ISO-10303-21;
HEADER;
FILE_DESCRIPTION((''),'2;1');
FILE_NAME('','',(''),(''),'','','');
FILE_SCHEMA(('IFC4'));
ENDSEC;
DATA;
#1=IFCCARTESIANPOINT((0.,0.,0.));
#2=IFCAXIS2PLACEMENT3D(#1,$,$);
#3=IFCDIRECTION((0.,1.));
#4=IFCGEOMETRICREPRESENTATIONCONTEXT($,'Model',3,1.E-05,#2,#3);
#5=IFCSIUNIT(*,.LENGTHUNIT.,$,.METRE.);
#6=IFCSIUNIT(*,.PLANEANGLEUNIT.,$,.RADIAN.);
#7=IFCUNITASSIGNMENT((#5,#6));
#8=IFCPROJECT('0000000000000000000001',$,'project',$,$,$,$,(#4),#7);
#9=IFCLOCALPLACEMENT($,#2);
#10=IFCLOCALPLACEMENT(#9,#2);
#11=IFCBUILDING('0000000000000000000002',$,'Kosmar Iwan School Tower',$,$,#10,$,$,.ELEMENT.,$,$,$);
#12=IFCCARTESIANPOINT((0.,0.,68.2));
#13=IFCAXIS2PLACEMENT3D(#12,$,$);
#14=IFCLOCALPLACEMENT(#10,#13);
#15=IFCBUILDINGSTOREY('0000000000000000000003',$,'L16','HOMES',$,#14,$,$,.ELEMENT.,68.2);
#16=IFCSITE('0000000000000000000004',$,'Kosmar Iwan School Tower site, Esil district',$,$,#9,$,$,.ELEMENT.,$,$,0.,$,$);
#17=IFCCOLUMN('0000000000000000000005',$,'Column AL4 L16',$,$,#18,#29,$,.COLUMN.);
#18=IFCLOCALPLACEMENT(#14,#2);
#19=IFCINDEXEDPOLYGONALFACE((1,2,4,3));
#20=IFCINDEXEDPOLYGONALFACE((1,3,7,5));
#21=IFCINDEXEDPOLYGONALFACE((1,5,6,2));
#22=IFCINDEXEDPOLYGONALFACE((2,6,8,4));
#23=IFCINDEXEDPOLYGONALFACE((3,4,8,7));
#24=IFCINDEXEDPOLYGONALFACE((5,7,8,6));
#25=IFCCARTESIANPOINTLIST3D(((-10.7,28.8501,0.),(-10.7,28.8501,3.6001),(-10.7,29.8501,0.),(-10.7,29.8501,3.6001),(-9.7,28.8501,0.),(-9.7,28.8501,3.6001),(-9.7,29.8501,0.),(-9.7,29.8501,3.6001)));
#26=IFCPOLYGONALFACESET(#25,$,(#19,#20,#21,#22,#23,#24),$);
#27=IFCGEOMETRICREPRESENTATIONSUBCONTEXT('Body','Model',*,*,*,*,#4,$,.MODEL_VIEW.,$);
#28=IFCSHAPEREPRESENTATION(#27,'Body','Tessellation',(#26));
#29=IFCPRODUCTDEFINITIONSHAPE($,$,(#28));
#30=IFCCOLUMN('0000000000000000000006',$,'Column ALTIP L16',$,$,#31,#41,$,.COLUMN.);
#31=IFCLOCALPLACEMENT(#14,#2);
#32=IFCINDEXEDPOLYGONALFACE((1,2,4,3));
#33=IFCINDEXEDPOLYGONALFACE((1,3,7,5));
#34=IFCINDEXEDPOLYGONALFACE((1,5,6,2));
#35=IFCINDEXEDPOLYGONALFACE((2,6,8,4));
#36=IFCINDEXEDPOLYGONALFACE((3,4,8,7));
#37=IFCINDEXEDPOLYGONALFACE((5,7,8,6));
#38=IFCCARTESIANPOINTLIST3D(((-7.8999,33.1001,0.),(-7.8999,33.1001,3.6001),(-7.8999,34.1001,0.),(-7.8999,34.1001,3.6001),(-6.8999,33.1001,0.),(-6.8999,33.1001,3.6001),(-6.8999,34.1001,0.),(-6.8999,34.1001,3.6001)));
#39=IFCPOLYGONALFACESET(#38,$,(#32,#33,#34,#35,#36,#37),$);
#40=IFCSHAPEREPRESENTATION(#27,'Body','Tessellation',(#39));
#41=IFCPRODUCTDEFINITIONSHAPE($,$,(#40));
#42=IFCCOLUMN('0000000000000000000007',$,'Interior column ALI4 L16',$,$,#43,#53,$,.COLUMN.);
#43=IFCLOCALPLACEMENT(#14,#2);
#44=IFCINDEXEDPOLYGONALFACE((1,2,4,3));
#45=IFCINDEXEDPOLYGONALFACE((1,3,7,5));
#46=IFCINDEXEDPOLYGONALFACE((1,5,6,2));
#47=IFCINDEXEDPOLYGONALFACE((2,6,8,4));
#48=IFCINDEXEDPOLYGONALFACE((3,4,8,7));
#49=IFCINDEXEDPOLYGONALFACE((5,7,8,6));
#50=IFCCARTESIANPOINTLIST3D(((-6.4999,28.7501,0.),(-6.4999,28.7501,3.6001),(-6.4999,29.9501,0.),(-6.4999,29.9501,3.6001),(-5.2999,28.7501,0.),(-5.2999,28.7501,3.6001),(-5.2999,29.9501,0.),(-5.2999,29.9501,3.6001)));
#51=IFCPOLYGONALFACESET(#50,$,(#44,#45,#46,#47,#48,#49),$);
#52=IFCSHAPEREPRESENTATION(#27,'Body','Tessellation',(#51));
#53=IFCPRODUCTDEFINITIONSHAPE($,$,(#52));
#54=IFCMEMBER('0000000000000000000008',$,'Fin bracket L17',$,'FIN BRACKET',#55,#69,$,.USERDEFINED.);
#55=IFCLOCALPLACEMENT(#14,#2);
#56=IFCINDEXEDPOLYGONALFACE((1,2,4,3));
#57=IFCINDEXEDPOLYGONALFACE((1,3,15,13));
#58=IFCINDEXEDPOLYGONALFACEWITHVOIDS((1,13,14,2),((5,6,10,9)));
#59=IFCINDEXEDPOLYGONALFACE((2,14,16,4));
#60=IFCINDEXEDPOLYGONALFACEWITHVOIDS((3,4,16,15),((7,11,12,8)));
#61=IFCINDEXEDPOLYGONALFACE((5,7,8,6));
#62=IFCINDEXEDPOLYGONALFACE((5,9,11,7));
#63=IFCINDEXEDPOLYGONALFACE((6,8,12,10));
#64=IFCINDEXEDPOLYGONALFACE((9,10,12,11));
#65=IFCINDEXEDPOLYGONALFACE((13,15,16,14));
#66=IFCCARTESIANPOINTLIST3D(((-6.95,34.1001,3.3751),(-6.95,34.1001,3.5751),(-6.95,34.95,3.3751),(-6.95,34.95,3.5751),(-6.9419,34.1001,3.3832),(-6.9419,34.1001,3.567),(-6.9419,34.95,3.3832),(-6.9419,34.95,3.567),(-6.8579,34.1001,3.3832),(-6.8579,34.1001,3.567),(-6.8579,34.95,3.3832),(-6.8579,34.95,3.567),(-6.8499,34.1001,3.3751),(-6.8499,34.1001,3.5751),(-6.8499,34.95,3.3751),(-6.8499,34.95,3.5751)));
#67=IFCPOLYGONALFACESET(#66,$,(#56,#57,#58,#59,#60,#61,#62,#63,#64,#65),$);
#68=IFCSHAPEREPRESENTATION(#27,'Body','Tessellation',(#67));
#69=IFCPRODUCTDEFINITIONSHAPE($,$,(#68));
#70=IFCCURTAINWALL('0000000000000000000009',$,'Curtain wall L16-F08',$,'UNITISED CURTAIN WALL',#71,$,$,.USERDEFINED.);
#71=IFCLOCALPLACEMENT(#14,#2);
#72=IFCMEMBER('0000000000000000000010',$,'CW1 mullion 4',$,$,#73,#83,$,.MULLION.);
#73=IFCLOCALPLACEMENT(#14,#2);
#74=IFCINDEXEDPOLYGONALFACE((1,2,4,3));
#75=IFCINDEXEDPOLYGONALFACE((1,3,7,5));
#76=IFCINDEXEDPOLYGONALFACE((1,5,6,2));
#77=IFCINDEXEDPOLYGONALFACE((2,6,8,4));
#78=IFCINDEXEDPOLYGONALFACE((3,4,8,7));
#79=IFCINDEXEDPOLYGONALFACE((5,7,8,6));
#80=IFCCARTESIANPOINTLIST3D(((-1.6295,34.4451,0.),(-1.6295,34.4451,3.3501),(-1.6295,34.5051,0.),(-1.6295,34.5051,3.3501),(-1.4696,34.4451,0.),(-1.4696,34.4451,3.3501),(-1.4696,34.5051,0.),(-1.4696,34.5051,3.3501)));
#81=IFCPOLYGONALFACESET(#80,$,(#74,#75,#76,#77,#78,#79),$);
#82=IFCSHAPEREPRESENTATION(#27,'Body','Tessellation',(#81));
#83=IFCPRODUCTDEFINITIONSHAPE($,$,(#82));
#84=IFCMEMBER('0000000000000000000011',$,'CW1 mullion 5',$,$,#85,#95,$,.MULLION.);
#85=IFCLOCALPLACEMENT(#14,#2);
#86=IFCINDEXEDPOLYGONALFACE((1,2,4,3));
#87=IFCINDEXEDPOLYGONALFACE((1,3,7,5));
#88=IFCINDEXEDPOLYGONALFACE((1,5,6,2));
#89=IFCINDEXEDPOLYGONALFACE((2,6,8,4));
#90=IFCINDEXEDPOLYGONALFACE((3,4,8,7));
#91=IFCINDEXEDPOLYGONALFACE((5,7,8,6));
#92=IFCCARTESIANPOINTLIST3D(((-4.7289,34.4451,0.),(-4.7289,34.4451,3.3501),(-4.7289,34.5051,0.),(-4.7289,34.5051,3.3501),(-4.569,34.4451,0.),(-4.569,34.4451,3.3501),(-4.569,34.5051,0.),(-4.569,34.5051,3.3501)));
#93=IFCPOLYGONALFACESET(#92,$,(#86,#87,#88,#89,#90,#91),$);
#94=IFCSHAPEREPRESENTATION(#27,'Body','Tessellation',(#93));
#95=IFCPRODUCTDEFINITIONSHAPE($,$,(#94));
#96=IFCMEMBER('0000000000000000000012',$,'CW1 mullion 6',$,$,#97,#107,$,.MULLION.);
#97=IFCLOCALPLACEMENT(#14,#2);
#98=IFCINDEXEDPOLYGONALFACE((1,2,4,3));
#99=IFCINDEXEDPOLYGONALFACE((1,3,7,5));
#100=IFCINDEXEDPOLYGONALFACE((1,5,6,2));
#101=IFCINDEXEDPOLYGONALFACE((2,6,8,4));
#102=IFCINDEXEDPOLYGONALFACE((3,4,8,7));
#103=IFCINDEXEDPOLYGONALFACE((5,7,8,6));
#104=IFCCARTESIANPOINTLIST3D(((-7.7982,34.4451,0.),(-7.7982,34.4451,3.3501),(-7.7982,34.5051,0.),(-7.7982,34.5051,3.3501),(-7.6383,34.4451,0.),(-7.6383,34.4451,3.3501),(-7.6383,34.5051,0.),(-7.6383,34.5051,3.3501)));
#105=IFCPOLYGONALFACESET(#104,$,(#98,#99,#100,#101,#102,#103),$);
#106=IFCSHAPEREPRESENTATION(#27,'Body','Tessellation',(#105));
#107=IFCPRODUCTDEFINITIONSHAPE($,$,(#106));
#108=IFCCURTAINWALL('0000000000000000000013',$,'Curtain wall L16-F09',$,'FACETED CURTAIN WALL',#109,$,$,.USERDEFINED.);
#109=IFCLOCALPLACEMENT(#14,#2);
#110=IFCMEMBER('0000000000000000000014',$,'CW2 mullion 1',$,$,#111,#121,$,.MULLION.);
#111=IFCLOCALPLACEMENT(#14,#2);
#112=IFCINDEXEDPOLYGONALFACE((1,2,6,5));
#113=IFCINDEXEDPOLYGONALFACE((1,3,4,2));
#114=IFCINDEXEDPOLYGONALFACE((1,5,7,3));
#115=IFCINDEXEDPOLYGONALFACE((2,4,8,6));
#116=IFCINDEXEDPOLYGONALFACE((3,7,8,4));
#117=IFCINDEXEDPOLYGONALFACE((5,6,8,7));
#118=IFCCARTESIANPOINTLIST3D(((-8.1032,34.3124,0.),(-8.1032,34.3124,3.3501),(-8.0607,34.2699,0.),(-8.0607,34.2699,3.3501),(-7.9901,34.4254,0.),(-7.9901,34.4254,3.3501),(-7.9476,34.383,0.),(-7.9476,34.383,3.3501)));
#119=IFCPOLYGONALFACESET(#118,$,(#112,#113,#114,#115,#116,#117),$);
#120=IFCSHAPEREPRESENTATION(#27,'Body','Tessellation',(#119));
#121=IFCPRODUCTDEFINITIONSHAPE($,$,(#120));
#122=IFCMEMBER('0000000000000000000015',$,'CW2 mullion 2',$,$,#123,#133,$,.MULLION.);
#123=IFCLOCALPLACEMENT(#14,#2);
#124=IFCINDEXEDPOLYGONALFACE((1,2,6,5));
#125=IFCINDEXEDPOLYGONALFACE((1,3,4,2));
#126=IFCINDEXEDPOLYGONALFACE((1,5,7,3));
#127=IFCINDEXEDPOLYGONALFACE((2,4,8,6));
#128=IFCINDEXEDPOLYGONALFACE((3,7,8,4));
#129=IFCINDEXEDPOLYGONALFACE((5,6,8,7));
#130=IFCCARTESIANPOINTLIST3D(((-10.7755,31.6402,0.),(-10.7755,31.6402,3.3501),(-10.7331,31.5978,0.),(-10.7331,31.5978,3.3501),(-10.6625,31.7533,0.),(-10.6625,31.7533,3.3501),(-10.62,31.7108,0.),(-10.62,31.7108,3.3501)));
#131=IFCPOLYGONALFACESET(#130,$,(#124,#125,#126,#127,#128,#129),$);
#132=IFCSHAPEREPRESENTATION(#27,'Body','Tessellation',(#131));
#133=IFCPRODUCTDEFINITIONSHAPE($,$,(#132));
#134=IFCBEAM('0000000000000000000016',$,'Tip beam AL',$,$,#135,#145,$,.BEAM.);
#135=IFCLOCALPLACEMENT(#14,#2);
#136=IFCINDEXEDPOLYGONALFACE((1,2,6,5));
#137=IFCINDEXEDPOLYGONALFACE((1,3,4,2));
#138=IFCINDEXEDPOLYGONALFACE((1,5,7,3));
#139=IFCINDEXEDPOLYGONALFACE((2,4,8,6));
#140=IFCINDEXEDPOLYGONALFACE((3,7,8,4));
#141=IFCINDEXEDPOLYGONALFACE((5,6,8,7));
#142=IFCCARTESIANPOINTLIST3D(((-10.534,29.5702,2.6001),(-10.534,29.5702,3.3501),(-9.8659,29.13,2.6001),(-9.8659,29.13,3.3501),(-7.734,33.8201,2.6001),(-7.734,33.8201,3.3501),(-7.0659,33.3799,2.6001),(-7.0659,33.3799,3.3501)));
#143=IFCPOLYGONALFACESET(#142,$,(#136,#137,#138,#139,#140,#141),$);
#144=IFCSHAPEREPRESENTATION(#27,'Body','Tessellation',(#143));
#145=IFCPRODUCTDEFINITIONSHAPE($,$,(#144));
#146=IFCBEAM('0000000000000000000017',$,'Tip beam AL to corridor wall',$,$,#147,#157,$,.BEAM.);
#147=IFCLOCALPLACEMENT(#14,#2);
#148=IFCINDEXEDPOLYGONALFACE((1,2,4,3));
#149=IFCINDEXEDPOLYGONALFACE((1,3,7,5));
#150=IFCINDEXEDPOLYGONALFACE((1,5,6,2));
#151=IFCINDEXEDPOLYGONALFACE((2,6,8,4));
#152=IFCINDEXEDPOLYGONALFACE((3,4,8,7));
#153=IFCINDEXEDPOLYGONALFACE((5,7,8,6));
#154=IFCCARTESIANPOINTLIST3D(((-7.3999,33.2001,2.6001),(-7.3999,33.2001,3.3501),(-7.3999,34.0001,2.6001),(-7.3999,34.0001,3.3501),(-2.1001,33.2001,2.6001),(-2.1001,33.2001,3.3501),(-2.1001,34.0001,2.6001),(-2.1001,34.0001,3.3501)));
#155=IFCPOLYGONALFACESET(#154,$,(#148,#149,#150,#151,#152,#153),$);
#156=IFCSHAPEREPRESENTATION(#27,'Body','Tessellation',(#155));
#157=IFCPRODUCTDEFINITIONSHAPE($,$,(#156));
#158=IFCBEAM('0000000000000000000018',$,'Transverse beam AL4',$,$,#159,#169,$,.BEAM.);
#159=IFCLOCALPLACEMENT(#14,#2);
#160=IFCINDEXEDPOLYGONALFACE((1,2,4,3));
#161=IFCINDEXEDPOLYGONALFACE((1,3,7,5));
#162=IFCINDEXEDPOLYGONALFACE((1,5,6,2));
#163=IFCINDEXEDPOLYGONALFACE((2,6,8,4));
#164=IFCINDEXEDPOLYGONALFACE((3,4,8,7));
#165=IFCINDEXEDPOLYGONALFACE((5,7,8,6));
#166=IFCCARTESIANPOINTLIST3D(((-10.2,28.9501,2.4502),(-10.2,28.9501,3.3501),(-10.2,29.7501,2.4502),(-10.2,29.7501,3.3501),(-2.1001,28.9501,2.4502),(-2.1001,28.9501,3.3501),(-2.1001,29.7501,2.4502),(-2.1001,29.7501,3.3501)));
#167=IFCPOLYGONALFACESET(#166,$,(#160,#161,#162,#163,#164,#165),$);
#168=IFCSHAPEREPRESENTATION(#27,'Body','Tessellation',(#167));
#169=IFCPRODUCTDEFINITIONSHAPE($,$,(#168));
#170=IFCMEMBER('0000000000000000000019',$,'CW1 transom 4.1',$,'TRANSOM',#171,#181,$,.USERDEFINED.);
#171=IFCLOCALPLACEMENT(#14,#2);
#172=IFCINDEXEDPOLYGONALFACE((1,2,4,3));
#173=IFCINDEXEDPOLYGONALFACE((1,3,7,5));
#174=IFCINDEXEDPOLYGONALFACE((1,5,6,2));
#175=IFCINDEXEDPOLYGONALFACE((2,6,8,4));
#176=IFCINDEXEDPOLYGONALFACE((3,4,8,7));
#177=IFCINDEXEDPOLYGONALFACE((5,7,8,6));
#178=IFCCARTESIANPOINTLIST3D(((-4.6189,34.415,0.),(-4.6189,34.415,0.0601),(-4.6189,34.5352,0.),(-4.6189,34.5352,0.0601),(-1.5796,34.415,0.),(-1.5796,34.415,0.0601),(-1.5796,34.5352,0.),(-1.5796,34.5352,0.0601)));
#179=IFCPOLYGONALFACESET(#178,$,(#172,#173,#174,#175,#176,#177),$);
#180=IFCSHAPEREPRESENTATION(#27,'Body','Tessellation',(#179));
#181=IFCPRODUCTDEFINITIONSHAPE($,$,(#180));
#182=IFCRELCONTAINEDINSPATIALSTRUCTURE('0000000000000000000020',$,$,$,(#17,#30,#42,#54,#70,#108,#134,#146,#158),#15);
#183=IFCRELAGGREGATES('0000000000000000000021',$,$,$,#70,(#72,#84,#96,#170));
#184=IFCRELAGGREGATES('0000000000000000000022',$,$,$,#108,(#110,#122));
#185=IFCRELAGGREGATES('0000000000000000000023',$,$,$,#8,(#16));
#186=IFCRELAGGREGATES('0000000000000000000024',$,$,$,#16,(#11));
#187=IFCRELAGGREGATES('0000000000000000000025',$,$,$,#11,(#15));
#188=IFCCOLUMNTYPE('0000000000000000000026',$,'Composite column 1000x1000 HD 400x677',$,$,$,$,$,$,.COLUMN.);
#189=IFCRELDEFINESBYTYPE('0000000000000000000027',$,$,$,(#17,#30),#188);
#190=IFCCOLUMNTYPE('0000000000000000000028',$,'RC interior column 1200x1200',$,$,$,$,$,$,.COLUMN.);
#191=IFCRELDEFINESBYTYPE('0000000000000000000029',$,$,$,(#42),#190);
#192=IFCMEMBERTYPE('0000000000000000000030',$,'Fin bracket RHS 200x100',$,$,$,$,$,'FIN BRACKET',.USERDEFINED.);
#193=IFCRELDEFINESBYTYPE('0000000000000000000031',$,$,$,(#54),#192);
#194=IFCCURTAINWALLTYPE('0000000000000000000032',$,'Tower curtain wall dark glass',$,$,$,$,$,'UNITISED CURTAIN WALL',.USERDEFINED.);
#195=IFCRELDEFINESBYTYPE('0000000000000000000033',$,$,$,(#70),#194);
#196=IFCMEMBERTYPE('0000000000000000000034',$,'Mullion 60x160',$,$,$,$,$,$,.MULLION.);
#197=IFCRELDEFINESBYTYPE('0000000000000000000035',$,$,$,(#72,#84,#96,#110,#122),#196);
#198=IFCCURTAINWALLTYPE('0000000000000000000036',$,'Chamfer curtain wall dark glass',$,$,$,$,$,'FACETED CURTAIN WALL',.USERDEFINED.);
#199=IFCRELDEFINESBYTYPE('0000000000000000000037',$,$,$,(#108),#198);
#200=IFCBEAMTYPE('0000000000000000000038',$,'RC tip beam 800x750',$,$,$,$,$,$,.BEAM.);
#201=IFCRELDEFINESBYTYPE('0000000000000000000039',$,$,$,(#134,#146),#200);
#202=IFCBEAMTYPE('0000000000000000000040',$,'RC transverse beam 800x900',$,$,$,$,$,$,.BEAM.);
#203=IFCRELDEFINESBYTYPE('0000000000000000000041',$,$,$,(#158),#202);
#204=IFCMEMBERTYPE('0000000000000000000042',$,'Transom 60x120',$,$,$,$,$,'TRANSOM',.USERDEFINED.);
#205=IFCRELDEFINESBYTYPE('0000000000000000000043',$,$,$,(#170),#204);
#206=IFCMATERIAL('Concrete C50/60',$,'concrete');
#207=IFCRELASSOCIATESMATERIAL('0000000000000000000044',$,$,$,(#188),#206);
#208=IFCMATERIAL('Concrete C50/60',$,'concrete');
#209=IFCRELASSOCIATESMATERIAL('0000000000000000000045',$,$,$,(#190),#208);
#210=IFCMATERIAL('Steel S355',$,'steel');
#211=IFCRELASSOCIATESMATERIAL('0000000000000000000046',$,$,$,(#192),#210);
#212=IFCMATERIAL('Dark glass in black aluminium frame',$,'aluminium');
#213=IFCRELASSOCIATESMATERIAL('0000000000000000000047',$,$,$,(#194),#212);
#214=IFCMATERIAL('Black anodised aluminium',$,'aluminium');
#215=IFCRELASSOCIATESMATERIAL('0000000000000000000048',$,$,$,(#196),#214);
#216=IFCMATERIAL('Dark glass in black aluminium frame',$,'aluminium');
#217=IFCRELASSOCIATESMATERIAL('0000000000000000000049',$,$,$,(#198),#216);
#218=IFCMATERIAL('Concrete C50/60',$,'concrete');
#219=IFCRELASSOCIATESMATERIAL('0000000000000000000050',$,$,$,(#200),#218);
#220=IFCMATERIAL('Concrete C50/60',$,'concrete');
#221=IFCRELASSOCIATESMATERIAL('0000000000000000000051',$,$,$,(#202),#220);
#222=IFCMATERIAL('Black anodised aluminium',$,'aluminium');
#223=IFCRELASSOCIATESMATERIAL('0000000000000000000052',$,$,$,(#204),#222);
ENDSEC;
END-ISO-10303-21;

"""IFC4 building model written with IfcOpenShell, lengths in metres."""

from ifc_helpers import new_model, si_unit, direction, frame, origin, origin_2d, place, context, subcontext, project, spatial, rectangle, hollow_rectangle, extrude, material, material_profile, profile_set, type_object, element, aggregate, save


model = new_model("IFC4")

# Units and contexts
model_context = context("Model", 3, precision=1e-05, world=origin(), true_north=direction((0.0, 1.0)))
body_context = subcontext(model_context, "Body", "Model", "MODEL_VIEW")
ifc_project = project(units=[si_unit("LENGTHUNIT", "METRE"), si_unit("PLANEANGLEUNIT", "RADIAN")], contexts=[model_context])

# Site, building, storey
site_placement = place(None, origin())
site = spatial("IfcSite", under=ifc_project, at=site_placement, Name="Kosmar Iwan School Tower site, Esil district", CompositionType="ELEMENT", RefElevation=0.0)
building_placement = place(site_placement, origin())
building = spatial("IfcBuilding", under=site, at=building_placement, Name="Kosmar Iwan School Tower", CompositionType="ELEMENT")
storey_placement = place(building_placement, frame((0.0, 0.0, 68.2)))
storey = spatial("IfcBuildingStorey", under=building, at=storey_placement, Name="L16", Description="HOMES", CompositionType="ELEMENT", Elevation=68.2)

# Columns
ifc_material_1 = material(Name="Concrete C50/60", Category="concrete")
ifc_material_profile_1 = material_profile(ifc_material_1, rectangle(XDim=1.0, YDim=1.0, at=origin_2d()), Name="RC 1000x1000 + HD 400x677")
ifc_profile_set_1 = profile_set([ifc_material_profile_1], Name="Concrete C50/60")
column_type_1 = type_object("IfcColumnType", Name="Composite column 1000x1000 HD 400x677", PredefinedType="COLUMN", material=ifc_profile_set_1)
for number, where, z_axis, x_axis, name in (
    (1, (-10.2, 29.3501, 0.0), (0.0, 0.0, 1.0), (0.0, 1.0, 0.0), "Column AL4 L16"),
    (2, (-7.3999, 33.6001, 0.0), (0.0, 0.0, 1.0), (0.0, 1.0, 0.0), "Column ALTIP L16"),
):
    element("IfcColumn", number, at=place(storey_placement, frame(where, z_axis=z_axis, x_axis=x_axis)), inside=storey, type_object=column_type_1, Name=name, PredefinedType="COLUMN", context=body_context, shape_type="SweptSolid", body=[
        extrude(rectangle(XDim=1.0, YDim=1.0, at=origin_2d()), origin(), (0.0, 0.0, 1.0), 3.6001),
    ])
ifc_material_2 = material(Name="Concrete C50/60", Category="concrete")
ifc_material_profile_2 = material_profile(ifc_material_2, rectangle(XDim=1.2, YDim=1.2, at=origin_2d()), Name="RC 1200x1200")
ifc_profile_set_2 = profile_set([ifc_material_profile_2], Name="Concrete C50/60")
column_type_2 = type_object("IfcColumnType", Name="RC interior column 1200x1200", PredefinedType="COLUMN", material=ifc_profile_set_2)
column_placement = place(storey_placement, frame((-5.8999, 29.3501, 0.0), z_axis=(0.0, 0.0, 1.0), x_axis=(0.0, 1.0, 0.0)))
element("IfcColumn", 3, at=column_placement, inside=storey, type_object=column_type_2, Name="Interior column ALI4 L16", PredefinedType="COLUMN", context=body_context, shape_type="SweptSolid", body=[
    extrude(rectangle(XDim=1.2, YDim=1.2, at=origin_2d()), origin(), (0.0, 0.0, 1.0), 3.6001),
])

# Member
ifc_material_3 = material(Name="Steel S355", Category="steel")
ifc_material_profile_3 = material_profile(ifc_material_3, hollow_rectangle(XDim=0.1001, YDim=0.2, WallThickness=0.0081, at=origin_2d()), Name="RHS 200x100x8")
ifc_profile_set_3 = profile_set([ifc_material_profile_3], Name="Steel S355")
member_type_1 = type_object("IfcMemberType", Name="Fin bracket RHS 200x100", ElementType="FIN BRACKET", PredefinedType="USERDEFINED", material=ifc_profile_set_3)
member_1_placement = place(storey_placement, frame((-6.8999, 34.1001, 3.4751), z_axis=(0.0, 1.0, 0.0), x_axis=(-1.0, 0.0, 0.0)))
element("IfcMember", 4, at=member_1_placement, inside=storey, type_object=member_type_1, Name="Fin bracket L17", ObjectType="FIN BRACKET", PredefinedType="USERDEFINED", context=body_context, shape_type="SweptSolid", body=[
    extrude(hollow_rectangle(XDim=0.1001, YDim=0.2, WallThickness=0.0081, at=origin_2d()), origin(), (0.0, 0.0, 1.0), 0.8499),
])

# Curtain walls, members
ifc_material_4 = material(Name="Dark glass in black aluminium frame", Category="aluminium")
curtain_wall_type_1 = type_object("IfcCurtainWallType", Name="Tower curtain wall dark glass", ElementType="UNITISED CURTAIN WALL", PredefinedType="USERDEFINED", material=ifc_material_4)
curtain_wall_1_placement = place(storey_placement, origin())
curtain_wall_1 = element("IfcCurtainWall", 5, at=curtain_wall_1_placement, inside=storey, type_object=curtain_wall_type_1, Name="Curtain wall L16-F08", ObjectType="UNITISED CURTAIN WALL", PredefinedType="USERDEFINED")
ifc_material_5 = material(Name="Black anodised aluminium", Category="aluminium")
ifc_material_profile_4 = material_profile(ifc_material_5, rectangle(XDim=0.0601, YDim=0.1599, at=origin_2d()), Name="MULLION 60x160")
ifc_profile_set_4 = profile_set([ifc_material_profile_4], Name="Black anodised aluminium")
member_type_2 = type_object("IfcMemberType", Name="Mullion 60x160", PredefinedType="MULLION", material=ifc_profile_set_4)
member_2_placement = place(storey_placement, frame((-1.5496, 34.4751, 0.0), z_axis=(0.0, 0.0, 1.0), x_axis=(0.0, -1.0, 0.0)))
member_2 = element("IfcMember", 6, at=member_2_placement, type_object=member_type_2, Name="CW1 mullion 4", PredefinedType="MULLION", context=body_context, shape_type="SweptSolid", body=[
    extrude(rectangle(XDim=0.0601, YDim=0.1599, at=origin_2d()), origin(), (0.0, 0.0, 1.0), 3.3501),
])
member_3_placement = place(storey_placement, frame((-4.6489, 34.4751, 0.0), z_axis=(0.0, 0.0, 1.0), x_axis=(0.0, -1.0, 0.0)))
member_3 = element("IfcMember", 7, at=member_3_placement, type_object=member_type_2, Name="CW1 mullion 5", PredefinedType="MULLION", context=body_context, shape_type="SweptSolid", body=[
    extrude(rectangle(XDim=0.0601, YDim=0.1599, at=origin_2d()), origin(), (0.0, 0.0, 1.0), 3.3501),
])
member_4_placement = place(storey_placement, frame((-7.7183, 34.4751, 0.0), z_axis=(0.0, 0.0, 1.0), x_axis=(0.0, -1.0, 0.0)))
member_4 = element("IfcMember", 8, at=member_4_placement, type_object=member_type_2, Name="CW1 mullion 6", PredefinedType="MULLION", context=body_context, shape_type="SweptSolid", body=[
    extrude(rectangle(XDim=0.0601, YDim=0.1599, at=origin_2d()), origin(), (0.0, 0.0, 1.0), 3.3501),
])
ifc_material_6 = material(Name="Dark glass in black aluminium frame", Category="aluminium")
curtain_wall_type_2 = type_object("IfcCurtainWallType", Name="Chamfer curtain wall dark glass", ElementType="FACETED CURTAIN WALL", PredefinedType="USERDEFINED", material=ifc_material_6)
curtain_wall_2_placement = place(storey_placement, origin())
curtain_wall_2 = element("IfcCurtainWall", 9, at=curtain_wall_2_placement, inside=storey, type_object=curtain_wall_type_2, Name="Curtain wall L16-F09", ObjectType="FACETED CURTAIN WALL", PredefinedType="USERDEFINED")
member_5_placement = place(storey_placement, frame((-8.0254, 34.3477, 0.0), z_axis=(0.0, 0.0, 1.0), x_axis=(0.707107, -0.707107, 0.0)))
member_5 = element("IfcMember", 10, at=member_5_placement, type_object=member_type_2, Name="CW2 mullion 1", PredefinedType="MULLION", context=body_context, shape_type="SweptSolid", body=[
    extrude(rectangle(XDim=0.0601, YDim=0.1599, at=origin_2d()), origin(), (0.0, 0.0, 1.0), 3.3501),
])
member_6_placement = place(storey_placement, frame((-10.6978, 31.6755, 0.0), z_axis=(0.0, 0.0, 1.0), x_axis=(0.707107, -0.707107, 0.0)))
member_6 = element("IfcMember", 11, at=member_6_placement, type_object=member_type_2, Name="CW2 mullion 2", PredefinedType="MULLION", context=body_context, shape_type="SweptSolid", body=[
    extrude(rectangle(XDim=0.0601, YDim=0.1599, at=origin_2d()), origin(), (0.0, 0.0, 1.0), 3.3501),
])

# Beams
ifc_material_7 = material(Name="Concrete C50/60", Category="concrete")
ifc_material_profile_5 = material_profile(ifc_material_7, rectangle(XDim=0.8, YDim=0.75, at=origin_2d()), Name="RC 800x750")
ifc_profile_set_5 = profile_set([ifc_material_profile_5], Name="Concrete C50/60")
beam_type_1 = type_object("IfcBeamType", Name="RC tip beam 800x750", PredefinedType="BEAM", material=ifc_profile_set_5)
beam_1_placement = place(storey_placement, frame((-10.2, 29.3501, 2.9751), z_axis=(0.550164, 0.835056, 0.0), x_axis=(-0.835056, 0.550164, 0.0)))
element("IfcBeam", 12, at=beam_1_placement, inside=storey, type_object=beam_type_1, Name="Tip beam AL", PredefinedType="BEAM", context=body_context, shape_type="SweptSolid", body=[
    extrude(rectangle(XDim=0.8, YDim=0.75, at=origin_2d()), origin(), (0.0, 0.0, 1.0), 5.0894),
])
beam_2_placement = place(storey_placement, frame((-7.3999, 33.6001, 2.9751), z_axis=(1.0, 0.0, 0.0), x_axis=(0.0, 1.0, 0.0)))
element("IfcBeam", 13, at=beam_2_placement, inside=storey, type_object=beam_type_1, Name="Tip beam AL to corridor wall", PredefinedType="BEAM", context=body_context, shape_type="SweptSolid", body=[
    extrude(rectangle(XDim=0.8, YDim=0.75, at=origin_2d()), origin(), (0.0, 0.0, 1.0), 5.2998),
])
ifc_material_8 = material(Name="Concrete C50/60", Category="concrete")
ifc_material_profile_6 = material_profile(ifc_material_8, rectangle(XDim=0.8, YDim=0.8999, at=origin_2d()), Name="RC 800x900")
ifc_profile_set_6 = profile_set([ifc_material_profile_6], Name="Concrete C50/60")
beam_type_2 = type_object("IfcBeamType", Name="RC transverse beam 800x900", PredefinedType="BEAM", material=ifc_profile_set_6)
beam_3_placement = place(storey_placement, frame((-10.2, 29.3501, 2.9001), z_axis=(1.0, 0.0, 0.0), x_axis=(0.0, 1.0, 0.0)))
element("IfcBeam", 14, at=beam_3_placement, inside=storey, type_object=beam_type_2, Name="Transverse beam AL4", PredefinedType="BEAM", context=body_context, shape_type="SweptSolid", body=[
    extrude(rectangle(XDim=0.8, YDim=0.8999, at=origin_2d()), origin(), (0.0, 0.0, 1.0), 8.0999),
])

# Member
ifc_material_9 = material(Name="Black anodised aluminium", Category="aluminium")
ifc_material_profile_7 = material_profile(ifc_material_9, rectangle(XDim=0.1201, YDim=0.0601, at=origin_2d()), Name="TRANSOM 60x120")
ifc_profile_set_7 = profile_set([ifc_material_profile_7], Name="Black anodised aluminium")
member_type_3 = type_object("IfcMemberType", Name="Transom 60x120", ElementType="TRANSOM", PredefinedType="USERDEFINED", material=ifc_profile_set_7)
member_7_placement = place(storey_placement, frame((-1.5796, 34.4751, 0.03), z_axis=(-1.0, 0.0, 0.0), x_axis=(0.0, -1.0, 0.0)))
member_7 = element("IfcMember", 15, at=member_7_placement, type_object=member_type_3, Name="CW1 transom 4.1", ObjectType="TRANSOM", PredefinedType="USERDEFINED", context=body_context, shape_type="SweptSolid", body=[
    extrude(rectangle(XDim=0.1201, YDim=0.0601, at=origin_2d()), origin(), (0.0, 0.0, 1.0), 3.0393),
])

aggregate(curtain_wall_1, [member_2, member_3, member_4, member_7])
aggregate(curtain_wall_2, [member_5, member_6])

save(model, "model.ifc")
